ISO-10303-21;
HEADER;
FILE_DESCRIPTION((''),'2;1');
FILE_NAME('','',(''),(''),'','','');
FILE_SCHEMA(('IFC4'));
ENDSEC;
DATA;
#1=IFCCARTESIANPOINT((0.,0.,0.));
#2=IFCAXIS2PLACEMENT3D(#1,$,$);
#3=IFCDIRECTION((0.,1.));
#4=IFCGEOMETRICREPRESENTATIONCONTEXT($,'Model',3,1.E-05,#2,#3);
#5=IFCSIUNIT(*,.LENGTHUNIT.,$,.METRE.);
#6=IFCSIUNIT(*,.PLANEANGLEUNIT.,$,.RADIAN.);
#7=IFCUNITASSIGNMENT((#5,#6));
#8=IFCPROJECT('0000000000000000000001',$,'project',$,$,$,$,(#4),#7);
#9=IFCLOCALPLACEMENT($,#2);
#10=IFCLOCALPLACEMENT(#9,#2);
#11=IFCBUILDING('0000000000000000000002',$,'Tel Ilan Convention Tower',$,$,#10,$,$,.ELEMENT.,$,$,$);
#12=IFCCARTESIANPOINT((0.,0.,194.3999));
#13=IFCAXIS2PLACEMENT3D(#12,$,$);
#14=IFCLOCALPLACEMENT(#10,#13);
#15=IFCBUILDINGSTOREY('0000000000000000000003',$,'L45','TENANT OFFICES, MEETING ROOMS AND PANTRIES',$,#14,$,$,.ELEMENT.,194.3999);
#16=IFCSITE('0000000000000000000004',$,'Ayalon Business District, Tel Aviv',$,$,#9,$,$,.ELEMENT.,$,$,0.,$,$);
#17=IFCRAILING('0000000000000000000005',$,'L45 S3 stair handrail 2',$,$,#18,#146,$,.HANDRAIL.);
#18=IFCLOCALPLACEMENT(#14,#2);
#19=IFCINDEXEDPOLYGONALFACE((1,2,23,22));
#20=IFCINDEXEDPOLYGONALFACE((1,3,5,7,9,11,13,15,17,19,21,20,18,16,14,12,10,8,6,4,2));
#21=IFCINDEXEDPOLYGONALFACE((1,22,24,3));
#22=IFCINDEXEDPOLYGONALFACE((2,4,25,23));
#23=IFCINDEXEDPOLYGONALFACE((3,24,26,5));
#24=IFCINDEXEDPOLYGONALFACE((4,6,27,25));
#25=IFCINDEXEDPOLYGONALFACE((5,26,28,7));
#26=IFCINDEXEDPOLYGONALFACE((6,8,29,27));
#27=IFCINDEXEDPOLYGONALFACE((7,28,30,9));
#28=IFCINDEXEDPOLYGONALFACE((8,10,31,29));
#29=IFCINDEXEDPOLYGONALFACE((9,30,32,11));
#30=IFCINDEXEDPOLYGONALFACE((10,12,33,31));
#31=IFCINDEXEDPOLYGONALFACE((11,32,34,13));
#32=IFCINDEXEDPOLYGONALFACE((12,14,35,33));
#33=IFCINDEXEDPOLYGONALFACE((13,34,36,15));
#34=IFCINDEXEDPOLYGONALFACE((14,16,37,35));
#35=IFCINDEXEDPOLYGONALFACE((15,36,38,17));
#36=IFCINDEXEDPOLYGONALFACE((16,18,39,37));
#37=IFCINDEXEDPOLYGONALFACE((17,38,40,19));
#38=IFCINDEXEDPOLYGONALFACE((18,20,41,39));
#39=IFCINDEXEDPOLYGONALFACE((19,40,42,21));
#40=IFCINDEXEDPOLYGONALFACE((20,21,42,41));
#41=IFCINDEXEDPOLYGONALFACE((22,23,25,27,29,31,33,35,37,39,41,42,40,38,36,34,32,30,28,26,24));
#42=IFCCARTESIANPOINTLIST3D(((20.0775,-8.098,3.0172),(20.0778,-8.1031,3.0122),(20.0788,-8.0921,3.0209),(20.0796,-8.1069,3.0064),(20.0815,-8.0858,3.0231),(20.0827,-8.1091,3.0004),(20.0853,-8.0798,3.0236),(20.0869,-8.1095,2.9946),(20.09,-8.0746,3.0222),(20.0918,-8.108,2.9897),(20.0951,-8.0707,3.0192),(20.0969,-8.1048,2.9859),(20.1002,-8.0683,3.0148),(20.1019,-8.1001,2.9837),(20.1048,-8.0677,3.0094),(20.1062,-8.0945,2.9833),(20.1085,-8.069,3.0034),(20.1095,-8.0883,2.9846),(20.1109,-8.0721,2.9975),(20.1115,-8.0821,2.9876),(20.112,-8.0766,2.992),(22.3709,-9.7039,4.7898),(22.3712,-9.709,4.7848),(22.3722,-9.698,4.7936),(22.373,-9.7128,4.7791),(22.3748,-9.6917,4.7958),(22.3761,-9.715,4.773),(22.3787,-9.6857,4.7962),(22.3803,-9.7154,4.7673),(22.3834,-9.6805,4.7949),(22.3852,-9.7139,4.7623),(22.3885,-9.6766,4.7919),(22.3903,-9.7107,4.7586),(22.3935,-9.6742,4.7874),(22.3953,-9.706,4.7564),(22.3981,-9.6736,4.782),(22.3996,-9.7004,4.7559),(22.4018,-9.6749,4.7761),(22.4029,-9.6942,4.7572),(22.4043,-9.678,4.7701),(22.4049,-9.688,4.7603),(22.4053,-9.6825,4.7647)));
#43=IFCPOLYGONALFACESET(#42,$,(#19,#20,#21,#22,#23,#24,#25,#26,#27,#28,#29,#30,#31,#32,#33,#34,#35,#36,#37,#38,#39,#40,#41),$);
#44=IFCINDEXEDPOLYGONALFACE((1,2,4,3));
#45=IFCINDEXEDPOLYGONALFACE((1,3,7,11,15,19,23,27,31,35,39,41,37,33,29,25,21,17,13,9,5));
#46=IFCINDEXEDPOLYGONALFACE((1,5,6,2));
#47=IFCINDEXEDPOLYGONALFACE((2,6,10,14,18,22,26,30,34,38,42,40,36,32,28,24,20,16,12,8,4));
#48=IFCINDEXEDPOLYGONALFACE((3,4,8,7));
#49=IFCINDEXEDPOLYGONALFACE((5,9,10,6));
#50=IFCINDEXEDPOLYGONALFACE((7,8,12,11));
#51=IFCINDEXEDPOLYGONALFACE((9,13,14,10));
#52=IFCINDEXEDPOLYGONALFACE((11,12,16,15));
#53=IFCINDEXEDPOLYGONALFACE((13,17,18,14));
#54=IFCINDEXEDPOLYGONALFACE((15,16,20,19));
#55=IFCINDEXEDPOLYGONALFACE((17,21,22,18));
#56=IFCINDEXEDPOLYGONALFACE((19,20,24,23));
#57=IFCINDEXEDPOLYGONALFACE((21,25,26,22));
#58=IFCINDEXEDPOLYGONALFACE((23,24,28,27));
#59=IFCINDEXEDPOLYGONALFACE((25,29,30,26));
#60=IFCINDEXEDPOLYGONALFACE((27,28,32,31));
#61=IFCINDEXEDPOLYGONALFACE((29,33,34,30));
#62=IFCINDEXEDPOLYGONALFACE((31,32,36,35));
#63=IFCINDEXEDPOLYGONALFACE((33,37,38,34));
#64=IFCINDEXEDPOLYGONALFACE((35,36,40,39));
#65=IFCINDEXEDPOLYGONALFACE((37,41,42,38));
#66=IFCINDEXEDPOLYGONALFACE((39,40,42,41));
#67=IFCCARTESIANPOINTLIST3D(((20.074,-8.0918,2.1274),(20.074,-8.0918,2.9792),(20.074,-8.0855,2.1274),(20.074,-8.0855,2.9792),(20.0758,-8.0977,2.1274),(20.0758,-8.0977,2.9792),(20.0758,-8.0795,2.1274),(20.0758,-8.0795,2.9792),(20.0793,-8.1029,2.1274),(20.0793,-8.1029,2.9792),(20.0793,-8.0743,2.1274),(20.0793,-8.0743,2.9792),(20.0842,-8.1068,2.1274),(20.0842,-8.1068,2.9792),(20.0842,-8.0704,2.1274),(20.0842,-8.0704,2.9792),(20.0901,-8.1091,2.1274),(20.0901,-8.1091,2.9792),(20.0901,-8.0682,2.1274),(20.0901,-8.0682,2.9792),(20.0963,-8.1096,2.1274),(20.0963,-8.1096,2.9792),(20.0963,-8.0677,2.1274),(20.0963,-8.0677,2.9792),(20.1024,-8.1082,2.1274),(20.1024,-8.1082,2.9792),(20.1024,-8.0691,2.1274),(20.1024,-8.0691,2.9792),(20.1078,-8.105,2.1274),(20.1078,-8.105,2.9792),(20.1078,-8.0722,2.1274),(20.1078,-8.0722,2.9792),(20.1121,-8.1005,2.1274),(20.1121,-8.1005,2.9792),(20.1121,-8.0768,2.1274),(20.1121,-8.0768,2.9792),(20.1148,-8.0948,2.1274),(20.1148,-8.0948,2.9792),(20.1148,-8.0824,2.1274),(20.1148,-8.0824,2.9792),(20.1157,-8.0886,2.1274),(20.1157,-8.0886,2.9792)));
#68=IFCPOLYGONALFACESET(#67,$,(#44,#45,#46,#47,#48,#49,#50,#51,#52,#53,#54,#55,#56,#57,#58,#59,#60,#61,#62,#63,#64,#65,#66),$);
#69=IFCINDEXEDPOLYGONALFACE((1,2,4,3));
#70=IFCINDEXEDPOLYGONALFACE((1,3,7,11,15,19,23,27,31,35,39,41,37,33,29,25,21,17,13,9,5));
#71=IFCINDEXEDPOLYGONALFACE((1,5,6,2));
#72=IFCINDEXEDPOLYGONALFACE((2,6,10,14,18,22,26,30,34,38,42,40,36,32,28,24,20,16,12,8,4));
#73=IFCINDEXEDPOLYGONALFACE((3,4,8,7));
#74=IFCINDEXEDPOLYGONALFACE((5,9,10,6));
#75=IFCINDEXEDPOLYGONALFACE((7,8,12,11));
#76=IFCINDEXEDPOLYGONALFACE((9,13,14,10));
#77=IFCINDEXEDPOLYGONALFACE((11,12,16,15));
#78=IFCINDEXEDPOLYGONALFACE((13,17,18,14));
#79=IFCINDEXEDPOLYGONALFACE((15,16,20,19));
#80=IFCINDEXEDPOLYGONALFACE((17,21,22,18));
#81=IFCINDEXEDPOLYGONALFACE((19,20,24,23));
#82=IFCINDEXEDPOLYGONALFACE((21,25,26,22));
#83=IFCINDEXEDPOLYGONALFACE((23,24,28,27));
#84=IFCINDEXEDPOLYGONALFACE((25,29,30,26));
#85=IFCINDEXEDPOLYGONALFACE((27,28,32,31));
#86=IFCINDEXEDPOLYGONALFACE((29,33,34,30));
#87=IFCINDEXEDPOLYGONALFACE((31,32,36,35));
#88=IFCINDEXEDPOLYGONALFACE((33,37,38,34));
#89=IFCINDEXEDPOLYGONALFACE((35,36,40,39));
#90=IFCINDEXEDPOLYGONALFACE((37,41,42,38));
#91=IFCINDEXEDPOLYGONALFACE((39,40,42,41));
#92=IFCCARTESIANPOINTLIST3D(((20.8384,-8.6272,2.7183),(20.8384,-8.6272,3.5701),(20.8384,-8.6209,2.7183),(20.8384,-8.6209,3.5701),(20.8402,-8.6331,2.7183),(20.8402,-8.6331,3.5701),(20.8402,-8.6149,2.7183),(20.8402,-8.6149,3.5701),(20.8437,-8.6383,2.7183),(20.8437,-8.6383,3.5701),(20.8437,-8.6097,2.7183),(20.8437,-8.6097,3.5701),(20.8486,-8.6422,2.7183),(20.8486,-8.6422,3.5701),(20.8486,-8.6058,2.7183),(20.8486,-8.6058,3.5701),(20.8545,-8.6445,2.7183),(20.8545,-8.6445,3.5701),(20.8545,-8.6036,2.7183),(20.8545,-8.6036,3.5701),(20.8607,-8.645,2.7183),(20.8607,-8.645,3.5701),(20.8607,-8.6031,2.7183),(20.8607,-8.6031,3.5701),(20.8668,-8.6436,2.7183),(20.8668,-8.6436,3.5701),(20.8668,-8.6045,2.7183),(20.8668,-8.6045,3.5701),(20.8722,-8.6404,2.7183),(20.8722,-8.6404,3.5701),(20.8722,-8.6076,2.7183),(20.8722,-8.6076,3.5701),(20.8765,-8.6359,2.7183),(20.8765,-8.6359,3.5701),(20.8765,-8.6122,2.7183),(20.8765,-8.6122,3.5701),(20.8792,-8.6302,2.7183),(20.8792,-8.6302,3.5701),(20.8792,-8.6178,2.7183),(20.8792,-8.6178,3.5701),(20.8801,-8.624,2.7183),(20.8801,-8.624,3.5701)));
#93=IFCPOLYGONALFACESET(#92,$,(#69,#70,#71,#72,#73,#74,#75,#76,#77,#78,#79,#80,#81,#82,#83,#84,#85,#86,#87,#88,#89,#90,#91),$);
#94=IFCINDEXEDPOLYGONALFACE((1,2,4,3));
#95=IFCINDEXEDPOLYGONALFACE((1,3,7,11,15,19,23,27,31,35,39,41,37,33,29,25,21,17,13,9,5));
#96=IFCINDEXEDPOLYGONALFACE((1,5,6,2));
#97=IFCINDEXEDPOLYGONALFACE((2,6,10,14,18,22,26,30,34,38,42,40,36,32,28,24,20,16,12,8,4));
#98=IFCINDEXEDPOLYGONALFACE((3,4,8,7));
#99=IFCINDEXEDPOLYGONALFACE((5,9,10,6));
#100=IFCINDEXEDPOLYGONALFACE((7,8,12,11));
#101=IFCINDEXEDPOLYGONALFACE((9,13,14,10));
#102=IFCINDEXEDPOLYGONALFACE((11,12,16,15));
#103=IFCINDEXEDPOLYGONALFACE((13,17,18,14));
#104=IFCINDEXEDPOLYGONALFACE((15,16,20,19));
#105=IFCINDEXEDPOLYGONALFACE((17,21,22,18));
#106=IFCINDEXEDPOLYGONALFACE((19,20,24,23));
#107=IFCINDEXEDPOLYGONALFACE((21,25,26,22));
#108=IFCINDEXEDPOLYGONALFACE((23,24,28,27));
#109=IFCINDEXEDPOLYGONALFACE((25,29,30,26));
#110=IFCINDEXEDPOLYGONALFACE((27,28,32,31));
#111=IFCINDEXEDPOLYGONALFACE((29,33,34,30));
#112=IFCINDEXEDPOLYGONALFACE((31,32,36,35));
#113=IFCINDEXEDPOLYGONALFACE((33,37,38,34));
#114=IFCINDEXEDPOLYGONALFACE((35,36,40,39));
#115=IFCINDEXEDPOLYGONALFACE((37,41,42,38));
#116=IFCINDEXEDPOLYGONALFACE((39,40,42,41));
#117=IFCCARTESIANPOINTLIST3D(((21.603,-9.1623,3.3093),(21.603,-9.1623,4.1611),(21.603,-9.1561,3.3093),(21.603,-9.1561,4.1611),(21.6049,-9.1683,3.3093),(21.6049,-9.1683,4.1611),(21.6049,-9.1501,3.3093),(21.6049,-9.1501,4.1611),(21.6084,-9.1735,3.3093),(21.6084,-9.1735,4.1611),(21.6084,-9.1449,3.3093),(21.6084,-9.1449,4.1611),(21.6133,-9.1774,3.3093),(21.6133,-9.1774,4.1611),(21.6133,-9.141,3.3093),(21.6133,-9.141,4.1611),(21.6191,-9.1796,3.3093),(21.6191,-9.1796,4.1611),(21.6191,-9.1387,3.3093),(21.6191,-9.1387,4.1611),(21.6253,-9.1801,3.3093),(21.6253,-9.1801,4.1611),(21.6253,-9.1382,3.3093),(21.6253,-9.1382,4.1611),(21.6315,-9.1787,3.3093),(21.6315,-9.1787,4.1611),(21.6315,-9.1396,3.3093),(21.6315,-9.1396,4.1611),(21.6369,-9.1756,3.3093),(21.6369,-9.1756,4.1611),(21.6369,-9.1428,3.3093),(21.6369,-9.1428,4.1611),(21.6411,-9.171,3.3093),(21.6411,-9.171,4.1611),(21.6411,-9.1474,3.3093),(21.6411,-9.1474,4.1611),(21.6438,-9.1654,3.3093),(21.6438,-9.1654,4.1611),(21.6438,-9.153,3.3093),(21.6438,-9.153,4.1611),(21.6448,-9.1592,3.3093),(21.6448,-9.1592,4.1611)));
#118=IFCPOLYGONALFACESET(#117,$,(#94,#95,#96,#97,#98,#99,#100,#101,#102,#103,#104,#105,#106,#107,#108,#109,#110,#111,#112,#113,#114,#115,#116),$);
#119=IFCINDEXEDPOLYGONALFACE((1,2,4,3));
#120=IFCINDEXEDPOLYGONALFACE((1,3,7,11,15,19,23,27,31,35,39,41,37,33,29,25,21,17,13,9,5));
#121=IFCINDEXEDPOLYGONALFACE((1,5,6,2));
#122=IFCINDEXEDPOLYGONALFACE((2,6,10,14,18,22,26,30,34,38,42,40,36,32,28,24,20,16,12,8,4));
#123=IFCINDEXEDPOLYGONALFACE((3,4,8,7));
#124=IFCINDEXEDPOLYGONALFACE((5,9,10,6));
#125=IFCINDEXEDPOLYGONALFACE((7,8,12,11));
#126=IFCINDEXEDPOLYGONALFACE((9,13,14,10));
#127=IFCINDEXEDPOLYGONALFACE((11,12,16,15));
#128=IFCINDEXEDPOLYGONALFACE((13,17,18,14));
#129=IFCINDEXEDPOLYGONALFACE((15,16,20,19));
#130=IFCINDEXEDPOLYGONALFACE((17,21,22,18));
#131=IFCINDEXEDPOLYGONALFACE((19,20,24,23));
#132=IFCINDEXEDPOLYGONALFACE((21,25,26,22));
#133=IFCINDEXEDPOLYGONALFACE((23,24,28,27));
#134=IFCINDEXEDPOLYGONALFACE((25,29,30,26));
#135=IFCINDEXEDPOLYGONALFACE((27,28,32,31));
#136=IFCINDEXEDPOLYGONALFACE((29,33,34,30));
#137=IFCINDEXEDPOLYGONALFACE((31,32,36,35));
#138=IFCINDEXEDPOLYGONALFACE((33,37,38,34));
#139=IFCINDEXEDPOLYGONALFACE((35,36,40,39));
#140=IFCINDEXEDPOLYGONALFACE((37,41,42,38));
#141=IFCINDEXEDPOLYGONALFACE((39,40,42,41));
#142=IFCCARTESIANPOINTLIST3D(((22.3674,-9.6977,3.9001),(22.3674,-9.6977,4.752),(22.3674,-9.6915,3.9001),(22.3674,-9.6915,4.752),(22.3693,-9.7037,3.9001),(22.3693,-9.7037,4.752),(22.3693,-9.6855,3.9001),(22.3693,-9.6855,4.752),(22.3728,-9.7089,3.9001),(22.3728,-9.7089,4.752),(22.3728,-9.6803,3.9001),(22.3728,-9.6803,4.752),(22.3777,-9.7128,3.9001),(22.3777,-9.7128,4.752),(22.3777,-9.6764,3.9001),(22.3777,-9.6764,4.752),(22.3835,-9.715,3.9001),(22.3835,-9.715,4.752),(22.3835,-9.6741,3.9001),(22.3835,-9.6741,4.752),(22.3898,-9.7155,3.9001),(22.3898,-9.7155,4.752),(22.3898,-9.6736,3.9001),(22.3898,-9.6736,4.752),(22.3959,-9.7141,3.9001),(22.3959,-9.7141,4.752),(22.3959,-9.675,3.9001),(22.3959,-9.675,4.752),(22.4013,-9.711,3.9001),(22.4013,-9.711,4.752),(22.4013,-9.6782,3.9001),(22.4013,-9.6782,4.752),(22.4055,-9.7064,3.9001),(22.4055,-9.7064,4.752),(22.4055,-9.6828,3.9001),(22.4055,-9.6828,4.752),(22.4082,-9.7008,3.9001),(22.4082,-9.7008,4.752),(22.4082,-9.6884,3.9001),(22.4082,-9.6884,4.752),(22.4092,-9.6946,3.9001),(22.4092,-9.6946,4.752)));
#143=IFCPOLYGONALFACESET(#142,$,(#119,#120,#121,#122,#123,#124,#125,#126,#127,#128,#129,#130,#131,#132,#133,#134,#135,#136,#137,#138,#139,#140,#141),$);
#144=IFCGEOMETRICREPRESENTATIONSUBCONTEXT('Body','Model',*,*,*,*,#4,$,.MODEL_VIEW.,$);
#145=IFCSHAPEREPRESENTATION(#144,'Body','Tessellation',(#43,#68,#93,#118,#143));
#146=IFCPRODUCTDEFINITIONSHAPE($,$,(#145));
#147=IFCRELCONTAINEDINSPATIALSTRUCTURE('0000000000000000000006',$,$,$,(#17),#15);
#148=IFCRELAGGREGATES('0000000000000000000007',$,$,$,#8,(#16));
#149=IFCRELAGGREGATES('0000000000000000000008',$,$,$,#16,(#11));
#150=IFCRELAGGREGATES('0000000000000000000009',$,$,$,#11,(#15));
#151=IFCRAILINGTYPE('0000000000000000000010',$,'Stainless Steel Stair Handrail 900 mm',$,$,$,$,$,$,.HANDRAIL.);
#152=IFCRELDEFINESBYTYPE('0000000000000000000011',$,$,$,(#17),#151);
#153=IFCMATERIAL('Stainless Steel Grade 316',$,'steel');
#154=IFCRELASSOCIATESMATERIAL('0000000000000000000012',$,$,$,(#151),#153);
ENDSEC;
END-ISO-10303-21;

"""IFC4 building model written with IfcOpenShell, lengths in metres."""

from ifc_helpers import new_model, si_unit, direction, frame, origin, origin_2d, place, context, subcontext, project, spatial, circle, extrude, material, type_object, element, save


model = new_model("IFC4")

# Units and contexts
model_context = context("Model", 3, precision=1e-05, world=origin(), true_north=direction((0.0, 1.0)))
body_context = subcontext(model_context, "Body", "Model", "MODEL_VIEW")
ifc_project = project(units=[si_unit("LENGTHUNIT", "METRE"), si_unit("PLANEANGLEUNIT", "RADIAN")], contexts=[model_context])

# Site, building, storey
site_placement = place(None, origin())
site = spatial("IfcSite", under=ifc_project, at=site_placement, Name="Ayalon Business District, Tel Aviv", CompositionType="ELEMENT", RefElevation=0.0)
building_placement = place(site_placement, origin())
building = spatial("IfcBuilding", under=site, at=building_placement, Name="Tel Ilan Convention Tower", CompositionType="ELEMENT")
storey_placement = place(building_placement, frame((0.0, 0.0, 194.3999)))
storey = spatial("IfcBuildingStorey", under=building, at=storey_placement, Name="L45", Description="TENANT OFFICES, MEETING ROOMS AND PANTRIES", CompositionType="ELEMENT", Elevation=194.3999)

# Railing
ifc_material_1 = material(Name="Stainless Steel Grade 316", Category="steel")
railing_type_1 = type_object("IfcRailingType", Name="Stainless Steel Stair Handrail 900 mm", PredefinedType="HANDRAIL", material=ifc_material_1)
railing_1_placement = place(storey_placement, frame((20.0947, -8.0886, 2.1274)))
element("IfcRailing", 1, at=railing_1_placement, inside=storey, type_object=railing_type_1, Name="L45 S3 stair handrail 2", PredefinedType="HANDRAIL", context=body_context, shape_type="SweptSolid", body=[
    extrude(circle(Radius=0.0239, at=origin_2d()), frame((0.0, 0.0, 0.876), z_axis=(0.692085, -0.484621, 0.53494), x_axis=(0.573591, 0.819142, 0.0)), (0.0, 0.0, 1.0), 3.3137),
    extrude(circle(Radius=0.021, at=origin_2d()), origin(), (0.0, 0.0, 1.0), 0.8518),
    extrude(circle(Radius=0.021, at=origin_2d()), frame((0.7644, -0.5354, 0.5908)), (0.0, 0.0, 1.0), 0.8518),
    extrude(circle(Radius=0.021, at=origin_2d()), frame((1.5291, -1.0706, 1.1819)), (0.0, 0.0, 1.0), 0.8518),
    extrude(circle(Radius=0.021, at=origin_2d()), frame((2.2935, -1.606, 1.7727)), (0.0, 0.0, 1.0), 0.8518),
])

save(model, "model.ifc")
